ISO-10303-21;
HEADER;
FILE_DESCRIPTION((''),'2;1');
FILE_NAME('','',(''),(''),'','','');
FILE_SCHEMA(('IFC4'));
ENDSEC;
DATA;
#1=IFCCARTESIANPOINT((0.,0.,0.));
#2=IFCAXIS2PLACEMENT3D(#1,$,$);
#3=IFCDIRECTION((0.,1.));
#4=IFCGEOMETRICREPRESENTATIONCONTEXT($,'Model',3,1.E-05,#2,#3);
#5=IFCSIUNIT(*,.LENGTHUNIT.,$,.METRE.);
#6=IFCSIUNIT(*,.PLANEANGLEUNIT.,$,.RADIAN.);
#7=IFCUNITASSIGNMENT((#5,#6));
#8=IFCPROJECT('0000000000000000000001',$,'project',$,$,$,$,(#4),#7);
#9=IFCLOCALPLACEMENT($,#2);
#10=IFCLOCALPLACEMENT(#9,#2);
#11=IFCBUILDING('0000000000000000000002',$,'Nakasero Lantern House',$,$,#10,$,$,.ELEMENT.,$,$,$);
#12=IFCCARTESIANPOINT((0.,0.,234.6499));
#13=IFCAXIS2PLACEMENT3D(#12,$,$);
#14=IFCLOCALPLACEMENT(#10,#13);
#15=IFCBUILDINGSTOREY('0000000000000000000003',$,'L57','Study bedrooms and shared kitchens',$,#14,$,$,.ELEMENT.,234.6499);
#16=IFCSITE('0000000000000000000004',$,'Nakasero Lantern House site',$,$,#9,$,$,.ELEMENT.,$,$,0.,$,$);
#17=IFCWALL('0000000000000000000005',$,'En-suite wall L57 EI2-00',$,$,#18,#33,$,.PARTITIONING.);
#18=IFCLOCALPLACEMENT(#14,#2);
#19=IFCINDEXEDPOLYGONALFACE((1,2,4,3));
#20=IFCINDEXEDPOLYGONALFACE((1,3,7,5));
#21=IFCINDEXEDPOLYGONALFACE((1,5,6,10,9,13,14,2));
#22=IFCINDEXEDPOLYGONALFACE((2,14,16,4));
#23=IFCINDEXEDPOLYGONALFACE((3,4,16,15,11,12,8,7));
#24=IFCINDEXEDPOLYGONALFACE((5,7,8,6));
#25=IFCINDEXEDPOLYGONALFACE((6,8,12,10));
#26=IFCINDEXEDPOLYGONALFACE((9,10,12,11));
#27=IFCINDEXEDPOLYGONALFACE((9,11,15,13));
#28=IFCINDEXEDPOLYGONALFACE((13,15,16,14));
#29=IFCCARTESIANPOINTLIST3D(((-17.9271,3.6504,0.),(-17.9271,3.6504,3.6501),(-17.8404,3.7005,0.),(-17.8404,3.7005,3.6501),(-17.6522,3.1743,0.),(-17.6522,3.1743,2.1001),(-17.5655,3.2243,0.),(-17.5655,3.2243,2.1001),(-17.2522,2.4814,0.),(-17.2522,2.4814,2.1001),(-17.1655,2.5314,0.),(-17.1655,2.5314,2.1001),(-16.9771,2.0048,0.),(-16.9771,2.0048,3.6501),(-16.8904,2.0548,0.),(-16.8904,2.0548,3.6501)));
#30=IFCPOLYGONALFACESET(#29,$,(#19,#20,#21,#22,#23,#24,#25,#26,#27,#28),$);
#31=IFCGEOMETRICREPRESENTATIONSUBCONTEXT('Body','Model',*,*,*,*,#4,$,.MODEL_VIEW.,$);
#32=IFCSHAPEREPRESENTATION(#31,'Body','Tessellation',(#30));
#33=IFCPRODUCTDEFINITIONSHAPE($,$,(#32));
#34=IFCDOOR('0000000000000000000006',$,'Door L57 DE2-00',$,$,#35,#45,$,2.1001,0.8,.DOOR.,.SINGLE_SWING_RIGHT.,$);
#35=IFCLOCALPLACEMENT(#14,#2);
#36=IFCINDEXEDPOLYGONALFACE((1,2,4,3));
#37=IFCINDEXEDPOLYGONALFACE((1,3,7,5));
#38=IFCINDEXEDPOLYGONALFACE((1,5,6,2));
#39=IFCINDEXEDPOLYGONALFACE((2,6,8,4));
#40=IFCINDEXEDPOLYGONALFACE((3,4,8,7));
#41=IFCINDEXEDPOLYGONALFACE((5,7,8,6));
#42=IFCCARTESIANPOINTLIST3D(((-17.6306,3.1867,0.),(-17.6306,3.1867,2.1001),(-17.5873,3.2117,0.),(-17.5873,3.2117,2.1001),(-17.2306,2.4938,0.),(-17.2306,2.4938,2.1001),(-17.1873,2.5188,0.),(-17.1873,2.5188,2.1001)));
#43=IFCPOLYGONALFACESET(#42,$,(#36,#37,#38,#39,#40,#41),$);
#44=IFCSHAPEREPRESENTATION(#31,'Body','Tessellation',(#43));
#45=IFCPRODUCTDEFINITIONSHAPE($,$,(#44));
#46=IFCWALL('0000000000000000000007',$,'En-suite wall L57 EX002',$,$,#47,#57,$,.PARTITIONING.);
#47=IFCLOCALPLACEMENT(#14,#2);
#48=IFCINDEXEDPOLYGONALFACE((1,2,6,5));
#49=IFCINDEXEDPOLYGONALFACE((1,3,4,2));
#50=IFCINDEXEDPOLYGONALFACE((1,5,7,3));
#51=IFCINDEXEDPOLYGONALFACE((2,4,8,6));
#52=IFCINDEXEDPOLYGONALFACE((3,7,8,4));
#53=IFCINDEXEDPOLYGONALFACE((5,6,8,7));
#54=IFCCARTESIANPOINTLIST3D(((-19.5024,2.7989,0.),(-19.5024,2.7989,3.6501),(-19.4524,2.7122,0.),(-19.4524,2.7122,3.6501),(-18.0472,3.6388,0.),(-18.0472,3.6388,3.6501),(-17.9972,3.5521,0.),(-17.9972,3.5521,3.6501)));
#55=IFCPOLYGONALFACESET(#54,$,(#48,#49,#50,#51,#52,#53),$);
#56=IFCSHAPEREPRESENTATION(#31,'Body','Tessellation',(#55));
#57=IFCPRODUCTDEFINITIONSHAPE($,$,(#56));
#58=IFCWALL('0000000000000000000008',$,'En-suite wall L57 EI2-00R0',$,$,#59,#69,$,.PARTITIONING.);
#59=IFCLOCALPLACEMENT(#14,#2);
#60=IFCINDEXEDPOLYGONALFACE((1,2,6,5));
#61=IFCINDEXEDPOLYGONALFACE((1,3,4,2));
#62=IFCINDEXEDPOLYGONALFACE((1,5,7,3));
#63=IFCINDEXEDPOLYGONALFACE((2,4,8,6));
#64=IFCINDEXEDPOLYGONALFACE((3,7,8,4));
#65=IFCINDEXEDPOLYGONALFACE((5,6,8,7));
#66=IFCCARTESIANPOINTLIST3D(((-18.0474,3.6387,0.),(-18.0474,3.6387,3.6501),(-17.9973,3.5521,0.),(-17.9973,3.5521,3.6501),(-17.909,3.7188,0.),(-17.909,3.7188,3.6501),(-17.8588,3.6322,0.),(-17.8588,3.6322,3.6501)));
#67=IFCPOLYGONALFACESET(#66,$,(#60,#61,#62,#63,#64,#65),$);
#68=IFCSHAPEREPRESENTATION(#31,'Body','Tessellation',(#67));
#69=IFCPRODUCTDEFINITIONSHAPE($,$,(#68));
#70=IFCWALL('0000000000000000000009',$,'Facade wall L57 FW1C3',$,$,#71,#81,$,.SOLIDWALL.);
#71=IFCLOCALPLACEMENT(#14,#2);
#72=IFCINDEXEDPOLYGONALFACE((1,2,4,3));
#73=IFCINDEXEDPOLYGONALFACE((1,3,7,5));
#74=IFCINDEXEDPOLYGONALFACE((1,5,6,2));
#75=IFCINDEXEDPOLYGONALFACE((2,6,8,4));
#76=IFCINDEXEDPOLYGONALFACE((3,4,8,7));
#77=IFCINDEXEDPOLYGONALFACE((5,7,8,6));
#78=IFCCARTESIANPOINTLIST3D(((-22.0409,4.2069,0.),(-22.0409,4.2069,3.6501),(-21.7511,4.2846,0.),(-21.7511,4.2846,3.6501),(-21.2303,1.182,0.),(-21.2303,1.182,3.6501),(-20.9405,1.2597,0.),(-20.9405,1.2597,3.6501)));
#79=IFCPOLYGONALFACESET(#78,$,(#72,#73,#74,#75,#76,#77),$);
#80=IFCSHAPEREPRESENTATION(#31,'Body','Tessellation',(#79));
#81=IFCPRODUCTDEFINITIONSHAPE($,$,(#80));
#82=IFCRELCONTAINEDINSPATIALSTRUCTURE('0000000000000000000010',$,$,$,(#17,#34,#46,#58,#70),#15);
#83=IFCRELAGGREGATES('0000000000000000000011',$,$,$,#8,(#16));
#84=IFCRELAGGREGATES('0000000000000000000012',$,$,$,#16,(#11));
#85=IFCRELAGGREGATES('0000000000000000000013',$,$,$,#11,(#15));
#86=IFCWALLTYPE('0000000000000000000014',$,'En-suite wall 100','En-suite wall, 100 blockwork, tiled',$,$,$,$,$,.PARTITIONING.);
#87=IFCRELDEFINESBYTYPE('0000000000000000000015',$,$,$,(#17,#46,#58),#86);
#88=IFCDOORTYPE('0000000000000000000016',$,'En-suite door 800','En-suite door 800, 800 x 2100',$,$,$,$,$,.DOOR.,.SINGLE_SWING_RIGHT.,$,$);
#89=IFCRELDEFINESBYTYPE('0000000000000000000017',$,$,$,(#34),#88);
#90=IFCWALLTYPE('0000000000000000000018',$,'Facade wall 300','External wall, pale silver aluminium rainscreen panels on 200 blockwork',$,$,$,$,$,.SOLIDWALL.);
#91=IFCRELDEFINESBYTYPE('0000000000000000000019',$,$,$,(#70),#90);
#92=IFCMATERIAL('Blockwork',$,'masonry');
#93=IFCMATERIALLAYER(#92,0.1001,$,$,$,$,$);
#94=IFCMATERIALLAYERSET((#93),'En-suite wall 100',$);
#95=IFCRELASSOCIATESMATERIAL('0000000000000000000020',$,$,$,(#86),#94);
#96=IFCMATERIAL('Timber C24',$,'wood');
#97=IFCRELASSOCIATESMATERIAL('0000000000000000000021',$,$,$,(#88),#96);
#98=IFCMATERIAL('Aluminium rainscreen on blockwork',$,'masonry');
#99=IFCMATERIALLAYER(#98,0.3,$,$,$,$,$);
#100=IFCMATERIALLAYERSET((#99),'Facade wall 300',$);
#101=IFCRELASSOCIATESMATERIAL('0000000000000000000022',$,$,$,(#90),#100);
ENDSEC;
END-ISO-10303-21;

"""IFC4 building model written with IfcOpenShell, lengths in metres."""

from ifc_helpers import new_model, si_unit, direction, frame, frame_2d, origin, place, context, subcontext, project, spatial, rectangle, extrude, material, layer, layer_set, type_object, element, fill, save


model = new_model("IFC4")

# Units and contexts
model_context = context("Model", 3, precision=1e-05, world=origin(), true_north=direction((0.0, 1.0)))
body_context = subcontext(model_context, "Body", "Model", "MODEL_VIEW")
ifc_project = project(units=[si_unit("LENGTHUNIT", "METRE"), si_unit("PLANEANGLEUNIT", "RADIAN")], contexts=[model_context])

# Site, building, storey
site_placement = place(None, origin())
site = spatial("IfcSite", under=ifc_project, at=site_placement, Name="Nakasero Lantern House site", CompositionType="ELEMENT", RefElevation=0.0)
building_placement = place(site_placement, origin())
building = spatial("IfcBuilding", under=site, at=building_placement, Name="Nakasero Lantern House", CompositionType="ELEMENT")
storey_placement = place(building_placement, frame((0.0, 0.0, 234.6499)))
storey = spatial("IfcBuildingStorey", under=building, at=storey_placement, Name="L57", Description="Study bedrooms and shared kitchens", CompositionType="ELEMENT", Elevation=234.6499)

# Shared definitions
ifc_material_1 = material(Name="Blockwork", Category="masonry")
ifc_layer_1 = layer(ifc_material_1, 0.1001)
ifc_layer_set_1 = layer_set([ifc_layer_1], Name="En-suite wall 100")
wall_type_1 = type_object("IfcWallType", Name="En-suite wall 100", Description="En-suite wall, 100 blockwork, tiled", PredefinedType="PARTITIONING", material=ifc_layer_set_1)

# Wall, opening, door
wall_1_placement = place(storey_placement, frame((-17.8838, 3.6755, 0.0), z_axis=(0.0, 0.0, 1.0), x_axis=(0.499967, -0.866044, 0.0)))
wall_1 = element("IfcWall", 1, at=wall_1_placement, inside=storey, type_object=wall_type_1, Name="En-suite wall L57 EI2-00", PredefinedType="PARTITIONING", context=body_context, shape_type="SweptSolid", body=[
    extrude(rectangle(XDim=1.9001, YDim=0.1001, at=frame_2d((0.9502, 0.0))), origin(), (0.0, 0.0, 1.0), 3.6501),
])
opening_1_placement = place(wall_1_placement, frame((0.55, 0.0, 0.0)))
opening_1 = element("IfcOpeningElement", 2, at=opening_1_placement, cuts=wall_1, PredefinedType="OPENING", context=body_context, shape_type="SweptSolid", body=[
    extrude(rectangle(XDim=0.8, YDim=2.1001, at=frame_2d((0.3999, 1.05))), frame((0.0, 0.0701, 0.0), z_axis=(0.0, -1.0, 0.0), x_axis=(1.0, 0.0, 0.0)), (0.0, 0.0, 1.0), 0.1401),
])
ifc_material_2 = material(Name="Timber C24", Category="wood")
door_type_1 = type_object("IfcDoorType", Name="En-suite door 800", Description="En-suite door 800, 800 x 2100", OperationType="SINGLE_SWING_RIGHT", PredefinedType="DOOR", material=ifc_material_2)
door_1_placement = place(opening_1_placement, origin())
door_1 = element("IfcDoor", 3, at=door_1_placement, inside=storey, type_object=door_type_1, Name="Door L57 DE2-00", OperationType="SINGLE_SWING_RIGHT", OverallHeight=2.1001, OverallWidth=0.8, PredefinedType="DOOR", context=body_context, shape_type="SweptSolid", body=[
    extrude(rectangle(XDim=0.8, YDim=2.1001, at=frame_2d((0.3999, 1.05))), frame((0.0, 0.0249, 0.0), z_axis=(0.0, -1.0, 0.0), x_axis=(1.0, 0.0, 0.0)), (0.0, 0.0, 1.0), 0.05),
])
fill(opening_1, door_1)

# Walls
wall_2_placement = place(storey_placement, frame((-18.0222, 3.5955, 0.0), z_axis=(0.0, 0.0, 1.0), x_axis=(-0.866089, -0.49989, 0.0)))
element("IfcWall", 4, at=wall_2_placement, inside=storey, type_object=wall_type_1, Name="En-suite wall L57 EX002", PredefinedType="PARTITIONING", context=body_context, shape_type="SweptSolid", body=[
    extrude(rectangle(XDim=1.6802, YDim=0.1001, at=frame_2d((0.8401, 0.0))), origin(), (0.0, 0.0, 1.0), 3.6501),
])
wall_3_placement = place(storey_placement, frame((-17.8838, 3.6755, 0.0), z_axis=(0.0, 0.0, 1.0), x_axis=(-0.8656, -0.500735, 0.0)))
element("IfcWall", 5, at=wall_3_placement, inside=storey, type_object=wall_type_1, Name="En-suite wall L57 EI2-00R0", PredefinedType="PARTITIONING", context=body_context, shape_type="SweptSolid", body=[
    extrude(rectangle(XDim=0.1599, YDim=0.1001, at=frame_2d((0.0801, 0.0))), origin(), (0.0, 0.0, 1.0), 3.6501),
])
ifc_material_3 = material(Name="Aluminium rainscreen on blockwork", Category="masonry")
ifc_layer_2 = layer(ifc_material_3, 0.3)
ifc_layer_set_2 = layer_set([ifc_layer_2], Name="Facade wall 300")
wall_type_2 = type_object("IfcWallType", Name="Facade wall 300", Description="External wall, pale silver aluminium rainscreen panels on 200 blockwork", PredefinedType="SOLIDWALL", material=ifc_layer_set_2)
wall_4_placement = place(storey_placement, frame((-21.896, 4.2458, 0.0), z_axis=(0.0, 0.0, 1.0), x_axis=(0.258827, -0.965924, 0.0)))
element("IfcWall", 6, at=wall_4_placement, inside=storey, type_object=wall_type_2, Name="Facade wall L57 FW1C3", PredefinedType="SOLIDWALL", context=body_context, shape_type="SweptSolid", body=[
    extrude(rectangle(XDim=3.1316, YDim=0.3, at=frame_2d((1.5659, 0.0))), origin(), (0.0, 0.0, 1.0), 3.6501),
])

save(model, "model.ifc")
